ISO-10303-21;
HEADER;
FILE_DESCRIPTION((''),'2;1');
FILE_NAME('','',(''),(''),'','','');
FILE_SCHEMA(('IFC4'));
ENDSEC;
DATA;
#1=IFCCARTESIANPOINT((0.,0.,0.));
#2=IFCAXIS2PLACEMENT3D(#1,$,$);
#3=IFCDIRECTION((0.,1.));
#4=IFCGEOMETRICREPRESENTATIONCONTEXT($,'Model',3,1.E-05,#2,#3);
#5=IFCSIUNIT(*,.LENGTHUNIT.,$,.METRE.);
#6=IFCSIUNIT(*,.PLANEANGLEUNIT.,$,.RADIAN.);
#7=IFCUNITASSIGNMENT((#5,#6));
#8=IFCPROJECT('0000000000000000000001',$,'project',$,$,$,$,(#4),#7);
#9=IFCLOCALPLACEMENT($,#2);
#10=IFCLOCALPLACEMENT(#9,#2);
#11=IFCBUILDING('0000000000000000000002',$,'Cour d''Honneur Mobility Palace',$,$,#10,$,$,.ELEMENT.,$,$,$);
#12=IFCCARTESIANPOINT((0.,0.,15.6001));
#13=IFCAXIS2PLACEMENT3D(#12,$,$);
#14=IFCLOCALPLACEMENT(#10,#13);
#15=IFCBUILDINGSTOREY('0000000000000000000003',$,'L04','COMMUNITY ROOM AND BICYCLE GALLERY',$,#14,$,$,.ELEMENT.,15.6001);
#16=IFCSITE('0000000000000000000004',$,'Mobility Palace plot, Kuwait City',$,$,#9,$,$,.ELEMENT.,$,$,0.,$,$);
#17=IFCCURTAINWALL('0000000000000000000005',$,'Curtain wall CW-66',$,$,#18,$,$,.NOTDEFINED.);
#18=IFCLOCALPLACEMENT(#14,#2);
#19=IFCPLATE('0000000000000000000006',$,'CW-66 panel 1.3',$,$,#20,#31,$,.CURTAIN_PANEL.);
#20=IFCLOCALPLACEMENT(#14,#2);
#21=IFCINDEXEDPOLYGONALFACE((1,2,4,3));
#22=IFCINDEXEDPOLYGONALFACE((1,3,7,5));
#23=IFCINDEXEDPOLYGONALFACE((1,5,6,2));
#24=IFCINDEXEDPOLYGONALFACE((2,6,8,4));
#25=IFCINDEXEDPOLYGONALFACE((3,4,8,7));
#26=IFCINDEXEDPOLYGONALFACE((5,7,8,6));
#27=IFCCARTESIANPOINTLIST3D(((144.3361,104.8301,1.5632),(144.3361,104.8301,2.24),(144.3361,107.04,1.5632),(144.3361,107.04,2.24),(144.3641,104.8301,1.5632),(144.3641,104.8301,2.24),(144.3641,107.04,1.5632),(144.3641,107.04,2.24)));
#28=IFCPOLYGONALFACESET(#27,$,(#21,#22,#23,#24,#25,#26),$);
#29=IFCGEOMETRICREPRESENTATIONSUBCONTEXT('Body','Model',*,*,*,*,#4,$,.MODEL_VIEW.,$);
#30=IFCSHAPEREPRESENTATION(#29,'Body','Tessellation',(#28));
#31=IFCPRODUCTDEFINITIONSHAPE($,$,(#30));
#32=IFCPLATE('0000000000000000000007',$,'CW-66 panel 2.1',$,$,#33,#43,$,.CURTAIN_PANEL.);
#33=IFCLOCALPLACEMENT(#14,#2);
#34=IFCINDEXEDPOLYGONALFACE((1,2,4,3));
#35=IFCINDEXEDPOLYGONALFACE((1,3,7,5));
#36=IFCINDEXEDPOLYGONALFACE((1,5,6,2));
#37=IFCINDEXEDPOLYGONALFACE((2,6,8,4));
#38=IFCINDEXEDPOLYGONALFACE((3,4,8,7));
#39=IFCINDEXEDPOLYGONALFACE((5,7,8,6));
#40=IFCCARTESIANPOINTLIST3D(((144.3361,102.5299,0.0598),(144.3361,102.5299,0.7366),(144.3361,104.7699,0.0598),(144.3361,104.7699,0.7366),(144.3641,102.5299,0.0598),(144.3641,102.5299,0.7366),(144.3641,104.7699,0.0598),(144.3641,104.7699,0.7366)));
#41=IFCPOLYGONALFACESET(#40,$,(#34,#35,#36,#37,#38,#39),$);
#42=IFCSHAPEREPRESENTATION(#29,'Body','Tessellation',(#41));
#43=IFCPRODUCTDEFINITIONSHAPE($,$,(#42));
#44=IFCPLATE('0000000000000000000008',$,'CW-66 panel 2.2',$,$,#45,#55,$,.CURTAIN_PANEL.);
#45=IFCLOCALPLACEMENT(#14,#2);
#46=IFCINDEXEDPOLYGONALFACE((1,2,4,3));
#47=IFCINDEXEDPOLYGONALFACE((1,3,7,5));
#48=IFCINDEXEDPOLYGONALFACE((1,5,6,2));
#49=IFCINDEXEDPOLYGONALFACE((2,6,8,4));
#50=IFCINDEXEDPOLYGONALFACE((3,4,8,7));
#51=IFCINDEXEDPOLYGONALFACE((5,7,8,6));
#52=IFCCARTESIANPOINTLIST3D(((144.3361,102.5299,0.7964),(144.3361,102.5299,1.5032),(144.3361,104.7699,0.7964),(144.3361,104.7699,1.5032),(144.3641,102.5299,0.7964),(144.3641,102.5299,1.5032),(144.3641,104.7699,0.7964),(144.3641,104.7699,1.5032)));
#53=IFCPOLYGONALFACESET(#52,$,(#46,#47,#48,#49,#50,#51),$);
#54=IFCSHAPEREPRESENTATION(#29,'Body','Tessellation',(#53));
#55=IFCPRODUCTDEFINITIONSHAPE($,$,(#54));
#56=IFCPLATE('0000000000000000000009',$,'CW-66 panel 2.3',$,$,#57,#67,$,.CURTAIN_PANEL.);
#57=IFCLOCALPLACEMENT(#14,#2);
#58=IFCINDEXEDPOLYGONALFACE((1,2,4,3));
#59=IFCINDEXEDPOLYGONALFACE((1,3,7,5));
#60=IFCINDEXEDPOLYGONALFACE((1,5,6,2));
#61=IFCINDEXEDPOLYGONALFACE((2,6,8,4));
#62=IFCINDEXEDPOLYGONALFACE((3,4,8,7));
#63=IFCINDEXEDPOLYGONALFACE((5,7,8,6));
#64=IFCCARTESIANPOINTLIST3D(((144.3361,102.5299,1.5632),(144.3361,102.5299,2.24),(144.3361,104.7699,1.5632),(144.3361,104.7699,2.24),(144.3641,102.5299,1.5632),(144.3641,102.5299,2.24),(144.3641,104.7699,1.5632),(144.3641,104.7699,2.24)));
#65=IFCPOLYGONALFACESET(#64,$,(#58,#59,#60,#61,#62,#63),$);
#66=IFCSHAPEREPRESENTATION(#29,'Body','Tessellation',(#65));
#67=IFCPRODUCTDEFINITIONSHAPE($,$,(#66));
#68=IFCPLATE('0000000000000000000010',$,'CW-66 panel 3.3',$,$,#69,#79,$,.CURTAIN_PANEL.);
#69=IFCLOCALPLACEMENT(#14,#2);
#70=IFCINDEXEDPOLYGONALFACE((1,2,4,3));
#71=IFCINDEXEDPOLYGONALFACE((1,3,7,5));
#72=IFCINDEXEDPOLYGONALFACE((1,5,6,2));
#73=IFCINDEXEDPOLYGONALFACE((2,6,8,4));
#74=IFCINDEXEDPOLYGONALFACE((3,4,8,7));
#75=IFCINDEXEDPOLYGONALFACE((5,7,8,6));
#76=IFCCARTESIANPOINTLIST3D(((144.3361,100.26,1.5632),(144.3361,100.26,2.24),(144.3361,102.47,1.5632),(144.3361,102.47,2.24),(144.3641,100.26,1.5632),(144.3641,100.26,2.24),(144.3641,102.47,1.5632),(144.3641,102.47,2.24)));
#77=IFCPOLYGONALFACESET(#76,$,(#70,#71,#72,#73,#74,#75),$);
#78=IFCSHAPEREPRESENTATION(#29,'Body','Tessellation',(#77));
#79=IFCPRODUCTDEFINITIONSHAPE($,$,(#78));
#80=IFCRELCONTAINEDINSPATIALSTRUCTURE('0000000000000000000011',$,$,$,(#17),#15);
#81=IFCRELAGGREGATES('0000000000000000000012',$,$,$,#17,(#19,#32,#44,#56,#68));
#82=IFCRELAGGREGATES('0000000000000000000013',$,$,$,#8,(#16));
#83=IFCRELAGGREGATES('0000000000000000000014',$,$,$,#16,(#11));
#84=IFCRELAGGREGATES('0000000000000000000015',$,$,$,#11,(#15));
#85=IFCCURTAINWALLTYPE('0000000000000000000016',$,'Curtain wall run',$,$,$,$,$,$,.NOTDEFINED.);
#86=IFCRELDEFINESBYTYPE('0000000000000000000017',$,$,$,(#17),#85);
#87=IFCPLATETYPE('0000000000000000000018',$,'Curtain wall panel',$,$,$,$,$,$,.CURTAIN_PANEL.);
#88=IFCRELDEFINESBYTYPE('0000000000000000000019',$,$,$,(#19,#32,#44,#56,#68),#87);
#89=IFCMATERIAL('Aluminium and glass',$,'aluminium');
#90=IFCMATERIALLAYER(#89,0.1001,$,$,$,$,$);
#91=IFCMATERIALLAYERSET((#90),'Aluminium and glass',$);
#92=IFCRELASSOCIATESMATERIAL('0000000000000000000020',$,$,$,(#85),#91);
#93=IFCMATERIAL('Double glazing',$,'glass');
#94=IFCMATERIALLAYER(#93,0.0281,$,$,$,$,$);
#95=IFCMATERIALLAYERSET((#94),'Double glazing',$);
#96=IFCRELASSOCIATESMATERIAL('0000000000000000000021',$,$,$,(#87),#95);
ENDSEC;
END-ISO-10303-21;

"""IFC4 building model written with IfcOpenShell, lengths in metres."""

from ifc_helpers import new_model, si_unit, direction, frame, origin, origin_2d, place, context, subcontext, project, spatial, rectangle, extrude, material, layer, layer_set, type_object, element, aggregate, save


model = new_model("IFC4")

# Units and contexts
model_context = context("Model", 3, precision=1e-05, world=origin(), true_north=direction((0.0, 1.0)))
body_context = subcontext(model_context, "Body", "Model", "MODEL_VIEW")
ifc_project = project(units=[si_unit("LENGTHUNIT", "METRE"), si_unit("PLANEANGLEUNIT", "RADIAN")], contexts=[model_context])

# Site, building, storey
site_placement = place(None, origin())
site = spatial("IfcSite", under=ifc_project, at=site_placement, Name="Mobility Palace plot, Kuwait City", CompositionType="ELEMENT", RefElevation=0.0)
building_placement = place(site_placement, origin())
building = spatial("IfcBuilding", under=site, at=building_placement, Name="Cour d'Honneur Mobility Palace", CompositionType="ELEMENT")
storey_placement = place(building_placement, frame((0.0, 0.0, 15.6001)))
storey = spatial("IfcBuildingStorey", under=building, at=storey_placement, Name="L04", Description="COMMUNITY ROOM AND BICYCLE GALLERY", CompositionType="ELEMENT", Elevation=15.6001)

# Curtain wall, plates
ifc_material_1 = material(Name="Aluminium and glass", Category="aluminium")
ifc_layer_1 = layer(ifc_material_1, 0.1001)
ifc_layer_set_1 = layer_set([ifc_layer_1], Name="Aluminium and glass")
curtain_wall_type = type_object("IfcCurtainWallType", Name="Curtain wall run", PredefinedType="NOTDEFINED", material=ifc_layer_set_1)
curtain_wall_placement = place(storey_placement, origin())
curtain_wall = element("IfcCurtainWall", 1, at=curtain_wall_placement, inside=storey, type_object=curtain_wall_type, Name="Curtain wall CW-66", PredefinedType="NOTDEFINED")
ifc_material_2 = material(Name="Double glazing", Category="glass")
ifc_layer_2 = layer(ifc_material_2, 0.0281)
ifc_layer_set_2 = layer_set([ifc_layer_2], Name="Double glazing")
plate_type = type_object("IfcPlateType", Name="Curtain wall panel", PredefinedType="CURTAIN_PANEL", material=ifc_layer_set_2)
plate_1_placement = place(storey_placement, frame((144.3501, 105.9351, 1.5632), z_axis=(0.0, 0.0, 1.0), x_axis=(0.0, -1.0, 0.0)))
plate_1 = element("IfcPlate", 2, at=plate_1_placement, type_object=plate_type, Name="CW-66 panel 1.3", PredefinedType="CURTAIN_PANEL", context=body_context, shape_type="SweptSolid", body=[
    extrude(rectangle(XDim=2.21, YDim=0.0281, at=origin_2d()), origin(), (0.0, 0.0, 1.0), 0.6768),
])
plate_2_placement = place(storey_placement, frame((144.3501, 103.6499, 0.0598), z_axis=(0.0, 0.0, 1.0), x_axis=(0.0, -1.0, 0.0)))
plate_2 = element("IfcPlate", 3, at=plate_2_placement, type_object=plate_type, Name="CW-66 panel 2.1", PredefinedType="CURTAIN_PANEL", context=body_context, shape_type="SweptSolid", body=[
    extrude(rectangle(XDim=2.24, YDim=0.0281, at=origin_2d()), origin(), (0.0, 0.0, 1.0), 0.6768),
])
plate_3_placement = place(storey_placement, frame((144.3501, 103.6499, 0.7964), z_axis=(0.0, 0.0, 1.0), x_axis=(0.0, -1.0, 0.0)))
plate_3 = element("IfcPlate", 4, at=plate_3_placement, type_object=plate_type, Name="CW-66 panel 2.2", PredefinedType="CURTAIN_PANEL", context=body_context, shape_type="SweptSolid", body=[
    extrude(rectangle(XDim=2.24, YDim=0.0281, at=origin_2d()), origin(), (0.0, 0.0, 1.0), 0.7068),
])
plate_4_placement = place(storey_placement, frame((144.3501, 103.6499, 1.5632), z_axis=(0.0, 0.0, 1.0), x_axis=(0.0, -1.0, 0.0)))
plate_4 = element("IfcPlate", 5, at=plate_4_placement, type_object=plate_type, Name="CW-66 panel 2.3", PredefinedType="CURTAIN_PANEL", context=body_context, shape_type="SweptSolid", body=[
    extrude(rectangle(XDim=2.24, YDim=0.0281, at=origin_2d()), origin(), (0.0, 0.0, 1.0), 0.6768),
])
plate_5_placement = place(storey_placement, frame((144.3501, 101.365, 1.5632), z_axis=(0.0, 0.0, 1.0), x_axis=(0.0, -1.0, 0.0)))
plate_5 = element("IfcPlate", 6, at=plate_5_placement, type_object=plate_type, Name="CW-66 panel 3.3", PredefinedType="CURTAIN_PANEL", context=body_context, shape_type="SweptSolid", body=[
    extrude(rectangle(XDim=2.21, YDim=0.0281, at=origin_2d()), origin(), (0.0, 0.0, 1.0), 0.6768),
])
aggregate(curtain_wall, [plate_1, plate_2, plate_3, plate_4, plate_5])

save(model, "model.ifc")
